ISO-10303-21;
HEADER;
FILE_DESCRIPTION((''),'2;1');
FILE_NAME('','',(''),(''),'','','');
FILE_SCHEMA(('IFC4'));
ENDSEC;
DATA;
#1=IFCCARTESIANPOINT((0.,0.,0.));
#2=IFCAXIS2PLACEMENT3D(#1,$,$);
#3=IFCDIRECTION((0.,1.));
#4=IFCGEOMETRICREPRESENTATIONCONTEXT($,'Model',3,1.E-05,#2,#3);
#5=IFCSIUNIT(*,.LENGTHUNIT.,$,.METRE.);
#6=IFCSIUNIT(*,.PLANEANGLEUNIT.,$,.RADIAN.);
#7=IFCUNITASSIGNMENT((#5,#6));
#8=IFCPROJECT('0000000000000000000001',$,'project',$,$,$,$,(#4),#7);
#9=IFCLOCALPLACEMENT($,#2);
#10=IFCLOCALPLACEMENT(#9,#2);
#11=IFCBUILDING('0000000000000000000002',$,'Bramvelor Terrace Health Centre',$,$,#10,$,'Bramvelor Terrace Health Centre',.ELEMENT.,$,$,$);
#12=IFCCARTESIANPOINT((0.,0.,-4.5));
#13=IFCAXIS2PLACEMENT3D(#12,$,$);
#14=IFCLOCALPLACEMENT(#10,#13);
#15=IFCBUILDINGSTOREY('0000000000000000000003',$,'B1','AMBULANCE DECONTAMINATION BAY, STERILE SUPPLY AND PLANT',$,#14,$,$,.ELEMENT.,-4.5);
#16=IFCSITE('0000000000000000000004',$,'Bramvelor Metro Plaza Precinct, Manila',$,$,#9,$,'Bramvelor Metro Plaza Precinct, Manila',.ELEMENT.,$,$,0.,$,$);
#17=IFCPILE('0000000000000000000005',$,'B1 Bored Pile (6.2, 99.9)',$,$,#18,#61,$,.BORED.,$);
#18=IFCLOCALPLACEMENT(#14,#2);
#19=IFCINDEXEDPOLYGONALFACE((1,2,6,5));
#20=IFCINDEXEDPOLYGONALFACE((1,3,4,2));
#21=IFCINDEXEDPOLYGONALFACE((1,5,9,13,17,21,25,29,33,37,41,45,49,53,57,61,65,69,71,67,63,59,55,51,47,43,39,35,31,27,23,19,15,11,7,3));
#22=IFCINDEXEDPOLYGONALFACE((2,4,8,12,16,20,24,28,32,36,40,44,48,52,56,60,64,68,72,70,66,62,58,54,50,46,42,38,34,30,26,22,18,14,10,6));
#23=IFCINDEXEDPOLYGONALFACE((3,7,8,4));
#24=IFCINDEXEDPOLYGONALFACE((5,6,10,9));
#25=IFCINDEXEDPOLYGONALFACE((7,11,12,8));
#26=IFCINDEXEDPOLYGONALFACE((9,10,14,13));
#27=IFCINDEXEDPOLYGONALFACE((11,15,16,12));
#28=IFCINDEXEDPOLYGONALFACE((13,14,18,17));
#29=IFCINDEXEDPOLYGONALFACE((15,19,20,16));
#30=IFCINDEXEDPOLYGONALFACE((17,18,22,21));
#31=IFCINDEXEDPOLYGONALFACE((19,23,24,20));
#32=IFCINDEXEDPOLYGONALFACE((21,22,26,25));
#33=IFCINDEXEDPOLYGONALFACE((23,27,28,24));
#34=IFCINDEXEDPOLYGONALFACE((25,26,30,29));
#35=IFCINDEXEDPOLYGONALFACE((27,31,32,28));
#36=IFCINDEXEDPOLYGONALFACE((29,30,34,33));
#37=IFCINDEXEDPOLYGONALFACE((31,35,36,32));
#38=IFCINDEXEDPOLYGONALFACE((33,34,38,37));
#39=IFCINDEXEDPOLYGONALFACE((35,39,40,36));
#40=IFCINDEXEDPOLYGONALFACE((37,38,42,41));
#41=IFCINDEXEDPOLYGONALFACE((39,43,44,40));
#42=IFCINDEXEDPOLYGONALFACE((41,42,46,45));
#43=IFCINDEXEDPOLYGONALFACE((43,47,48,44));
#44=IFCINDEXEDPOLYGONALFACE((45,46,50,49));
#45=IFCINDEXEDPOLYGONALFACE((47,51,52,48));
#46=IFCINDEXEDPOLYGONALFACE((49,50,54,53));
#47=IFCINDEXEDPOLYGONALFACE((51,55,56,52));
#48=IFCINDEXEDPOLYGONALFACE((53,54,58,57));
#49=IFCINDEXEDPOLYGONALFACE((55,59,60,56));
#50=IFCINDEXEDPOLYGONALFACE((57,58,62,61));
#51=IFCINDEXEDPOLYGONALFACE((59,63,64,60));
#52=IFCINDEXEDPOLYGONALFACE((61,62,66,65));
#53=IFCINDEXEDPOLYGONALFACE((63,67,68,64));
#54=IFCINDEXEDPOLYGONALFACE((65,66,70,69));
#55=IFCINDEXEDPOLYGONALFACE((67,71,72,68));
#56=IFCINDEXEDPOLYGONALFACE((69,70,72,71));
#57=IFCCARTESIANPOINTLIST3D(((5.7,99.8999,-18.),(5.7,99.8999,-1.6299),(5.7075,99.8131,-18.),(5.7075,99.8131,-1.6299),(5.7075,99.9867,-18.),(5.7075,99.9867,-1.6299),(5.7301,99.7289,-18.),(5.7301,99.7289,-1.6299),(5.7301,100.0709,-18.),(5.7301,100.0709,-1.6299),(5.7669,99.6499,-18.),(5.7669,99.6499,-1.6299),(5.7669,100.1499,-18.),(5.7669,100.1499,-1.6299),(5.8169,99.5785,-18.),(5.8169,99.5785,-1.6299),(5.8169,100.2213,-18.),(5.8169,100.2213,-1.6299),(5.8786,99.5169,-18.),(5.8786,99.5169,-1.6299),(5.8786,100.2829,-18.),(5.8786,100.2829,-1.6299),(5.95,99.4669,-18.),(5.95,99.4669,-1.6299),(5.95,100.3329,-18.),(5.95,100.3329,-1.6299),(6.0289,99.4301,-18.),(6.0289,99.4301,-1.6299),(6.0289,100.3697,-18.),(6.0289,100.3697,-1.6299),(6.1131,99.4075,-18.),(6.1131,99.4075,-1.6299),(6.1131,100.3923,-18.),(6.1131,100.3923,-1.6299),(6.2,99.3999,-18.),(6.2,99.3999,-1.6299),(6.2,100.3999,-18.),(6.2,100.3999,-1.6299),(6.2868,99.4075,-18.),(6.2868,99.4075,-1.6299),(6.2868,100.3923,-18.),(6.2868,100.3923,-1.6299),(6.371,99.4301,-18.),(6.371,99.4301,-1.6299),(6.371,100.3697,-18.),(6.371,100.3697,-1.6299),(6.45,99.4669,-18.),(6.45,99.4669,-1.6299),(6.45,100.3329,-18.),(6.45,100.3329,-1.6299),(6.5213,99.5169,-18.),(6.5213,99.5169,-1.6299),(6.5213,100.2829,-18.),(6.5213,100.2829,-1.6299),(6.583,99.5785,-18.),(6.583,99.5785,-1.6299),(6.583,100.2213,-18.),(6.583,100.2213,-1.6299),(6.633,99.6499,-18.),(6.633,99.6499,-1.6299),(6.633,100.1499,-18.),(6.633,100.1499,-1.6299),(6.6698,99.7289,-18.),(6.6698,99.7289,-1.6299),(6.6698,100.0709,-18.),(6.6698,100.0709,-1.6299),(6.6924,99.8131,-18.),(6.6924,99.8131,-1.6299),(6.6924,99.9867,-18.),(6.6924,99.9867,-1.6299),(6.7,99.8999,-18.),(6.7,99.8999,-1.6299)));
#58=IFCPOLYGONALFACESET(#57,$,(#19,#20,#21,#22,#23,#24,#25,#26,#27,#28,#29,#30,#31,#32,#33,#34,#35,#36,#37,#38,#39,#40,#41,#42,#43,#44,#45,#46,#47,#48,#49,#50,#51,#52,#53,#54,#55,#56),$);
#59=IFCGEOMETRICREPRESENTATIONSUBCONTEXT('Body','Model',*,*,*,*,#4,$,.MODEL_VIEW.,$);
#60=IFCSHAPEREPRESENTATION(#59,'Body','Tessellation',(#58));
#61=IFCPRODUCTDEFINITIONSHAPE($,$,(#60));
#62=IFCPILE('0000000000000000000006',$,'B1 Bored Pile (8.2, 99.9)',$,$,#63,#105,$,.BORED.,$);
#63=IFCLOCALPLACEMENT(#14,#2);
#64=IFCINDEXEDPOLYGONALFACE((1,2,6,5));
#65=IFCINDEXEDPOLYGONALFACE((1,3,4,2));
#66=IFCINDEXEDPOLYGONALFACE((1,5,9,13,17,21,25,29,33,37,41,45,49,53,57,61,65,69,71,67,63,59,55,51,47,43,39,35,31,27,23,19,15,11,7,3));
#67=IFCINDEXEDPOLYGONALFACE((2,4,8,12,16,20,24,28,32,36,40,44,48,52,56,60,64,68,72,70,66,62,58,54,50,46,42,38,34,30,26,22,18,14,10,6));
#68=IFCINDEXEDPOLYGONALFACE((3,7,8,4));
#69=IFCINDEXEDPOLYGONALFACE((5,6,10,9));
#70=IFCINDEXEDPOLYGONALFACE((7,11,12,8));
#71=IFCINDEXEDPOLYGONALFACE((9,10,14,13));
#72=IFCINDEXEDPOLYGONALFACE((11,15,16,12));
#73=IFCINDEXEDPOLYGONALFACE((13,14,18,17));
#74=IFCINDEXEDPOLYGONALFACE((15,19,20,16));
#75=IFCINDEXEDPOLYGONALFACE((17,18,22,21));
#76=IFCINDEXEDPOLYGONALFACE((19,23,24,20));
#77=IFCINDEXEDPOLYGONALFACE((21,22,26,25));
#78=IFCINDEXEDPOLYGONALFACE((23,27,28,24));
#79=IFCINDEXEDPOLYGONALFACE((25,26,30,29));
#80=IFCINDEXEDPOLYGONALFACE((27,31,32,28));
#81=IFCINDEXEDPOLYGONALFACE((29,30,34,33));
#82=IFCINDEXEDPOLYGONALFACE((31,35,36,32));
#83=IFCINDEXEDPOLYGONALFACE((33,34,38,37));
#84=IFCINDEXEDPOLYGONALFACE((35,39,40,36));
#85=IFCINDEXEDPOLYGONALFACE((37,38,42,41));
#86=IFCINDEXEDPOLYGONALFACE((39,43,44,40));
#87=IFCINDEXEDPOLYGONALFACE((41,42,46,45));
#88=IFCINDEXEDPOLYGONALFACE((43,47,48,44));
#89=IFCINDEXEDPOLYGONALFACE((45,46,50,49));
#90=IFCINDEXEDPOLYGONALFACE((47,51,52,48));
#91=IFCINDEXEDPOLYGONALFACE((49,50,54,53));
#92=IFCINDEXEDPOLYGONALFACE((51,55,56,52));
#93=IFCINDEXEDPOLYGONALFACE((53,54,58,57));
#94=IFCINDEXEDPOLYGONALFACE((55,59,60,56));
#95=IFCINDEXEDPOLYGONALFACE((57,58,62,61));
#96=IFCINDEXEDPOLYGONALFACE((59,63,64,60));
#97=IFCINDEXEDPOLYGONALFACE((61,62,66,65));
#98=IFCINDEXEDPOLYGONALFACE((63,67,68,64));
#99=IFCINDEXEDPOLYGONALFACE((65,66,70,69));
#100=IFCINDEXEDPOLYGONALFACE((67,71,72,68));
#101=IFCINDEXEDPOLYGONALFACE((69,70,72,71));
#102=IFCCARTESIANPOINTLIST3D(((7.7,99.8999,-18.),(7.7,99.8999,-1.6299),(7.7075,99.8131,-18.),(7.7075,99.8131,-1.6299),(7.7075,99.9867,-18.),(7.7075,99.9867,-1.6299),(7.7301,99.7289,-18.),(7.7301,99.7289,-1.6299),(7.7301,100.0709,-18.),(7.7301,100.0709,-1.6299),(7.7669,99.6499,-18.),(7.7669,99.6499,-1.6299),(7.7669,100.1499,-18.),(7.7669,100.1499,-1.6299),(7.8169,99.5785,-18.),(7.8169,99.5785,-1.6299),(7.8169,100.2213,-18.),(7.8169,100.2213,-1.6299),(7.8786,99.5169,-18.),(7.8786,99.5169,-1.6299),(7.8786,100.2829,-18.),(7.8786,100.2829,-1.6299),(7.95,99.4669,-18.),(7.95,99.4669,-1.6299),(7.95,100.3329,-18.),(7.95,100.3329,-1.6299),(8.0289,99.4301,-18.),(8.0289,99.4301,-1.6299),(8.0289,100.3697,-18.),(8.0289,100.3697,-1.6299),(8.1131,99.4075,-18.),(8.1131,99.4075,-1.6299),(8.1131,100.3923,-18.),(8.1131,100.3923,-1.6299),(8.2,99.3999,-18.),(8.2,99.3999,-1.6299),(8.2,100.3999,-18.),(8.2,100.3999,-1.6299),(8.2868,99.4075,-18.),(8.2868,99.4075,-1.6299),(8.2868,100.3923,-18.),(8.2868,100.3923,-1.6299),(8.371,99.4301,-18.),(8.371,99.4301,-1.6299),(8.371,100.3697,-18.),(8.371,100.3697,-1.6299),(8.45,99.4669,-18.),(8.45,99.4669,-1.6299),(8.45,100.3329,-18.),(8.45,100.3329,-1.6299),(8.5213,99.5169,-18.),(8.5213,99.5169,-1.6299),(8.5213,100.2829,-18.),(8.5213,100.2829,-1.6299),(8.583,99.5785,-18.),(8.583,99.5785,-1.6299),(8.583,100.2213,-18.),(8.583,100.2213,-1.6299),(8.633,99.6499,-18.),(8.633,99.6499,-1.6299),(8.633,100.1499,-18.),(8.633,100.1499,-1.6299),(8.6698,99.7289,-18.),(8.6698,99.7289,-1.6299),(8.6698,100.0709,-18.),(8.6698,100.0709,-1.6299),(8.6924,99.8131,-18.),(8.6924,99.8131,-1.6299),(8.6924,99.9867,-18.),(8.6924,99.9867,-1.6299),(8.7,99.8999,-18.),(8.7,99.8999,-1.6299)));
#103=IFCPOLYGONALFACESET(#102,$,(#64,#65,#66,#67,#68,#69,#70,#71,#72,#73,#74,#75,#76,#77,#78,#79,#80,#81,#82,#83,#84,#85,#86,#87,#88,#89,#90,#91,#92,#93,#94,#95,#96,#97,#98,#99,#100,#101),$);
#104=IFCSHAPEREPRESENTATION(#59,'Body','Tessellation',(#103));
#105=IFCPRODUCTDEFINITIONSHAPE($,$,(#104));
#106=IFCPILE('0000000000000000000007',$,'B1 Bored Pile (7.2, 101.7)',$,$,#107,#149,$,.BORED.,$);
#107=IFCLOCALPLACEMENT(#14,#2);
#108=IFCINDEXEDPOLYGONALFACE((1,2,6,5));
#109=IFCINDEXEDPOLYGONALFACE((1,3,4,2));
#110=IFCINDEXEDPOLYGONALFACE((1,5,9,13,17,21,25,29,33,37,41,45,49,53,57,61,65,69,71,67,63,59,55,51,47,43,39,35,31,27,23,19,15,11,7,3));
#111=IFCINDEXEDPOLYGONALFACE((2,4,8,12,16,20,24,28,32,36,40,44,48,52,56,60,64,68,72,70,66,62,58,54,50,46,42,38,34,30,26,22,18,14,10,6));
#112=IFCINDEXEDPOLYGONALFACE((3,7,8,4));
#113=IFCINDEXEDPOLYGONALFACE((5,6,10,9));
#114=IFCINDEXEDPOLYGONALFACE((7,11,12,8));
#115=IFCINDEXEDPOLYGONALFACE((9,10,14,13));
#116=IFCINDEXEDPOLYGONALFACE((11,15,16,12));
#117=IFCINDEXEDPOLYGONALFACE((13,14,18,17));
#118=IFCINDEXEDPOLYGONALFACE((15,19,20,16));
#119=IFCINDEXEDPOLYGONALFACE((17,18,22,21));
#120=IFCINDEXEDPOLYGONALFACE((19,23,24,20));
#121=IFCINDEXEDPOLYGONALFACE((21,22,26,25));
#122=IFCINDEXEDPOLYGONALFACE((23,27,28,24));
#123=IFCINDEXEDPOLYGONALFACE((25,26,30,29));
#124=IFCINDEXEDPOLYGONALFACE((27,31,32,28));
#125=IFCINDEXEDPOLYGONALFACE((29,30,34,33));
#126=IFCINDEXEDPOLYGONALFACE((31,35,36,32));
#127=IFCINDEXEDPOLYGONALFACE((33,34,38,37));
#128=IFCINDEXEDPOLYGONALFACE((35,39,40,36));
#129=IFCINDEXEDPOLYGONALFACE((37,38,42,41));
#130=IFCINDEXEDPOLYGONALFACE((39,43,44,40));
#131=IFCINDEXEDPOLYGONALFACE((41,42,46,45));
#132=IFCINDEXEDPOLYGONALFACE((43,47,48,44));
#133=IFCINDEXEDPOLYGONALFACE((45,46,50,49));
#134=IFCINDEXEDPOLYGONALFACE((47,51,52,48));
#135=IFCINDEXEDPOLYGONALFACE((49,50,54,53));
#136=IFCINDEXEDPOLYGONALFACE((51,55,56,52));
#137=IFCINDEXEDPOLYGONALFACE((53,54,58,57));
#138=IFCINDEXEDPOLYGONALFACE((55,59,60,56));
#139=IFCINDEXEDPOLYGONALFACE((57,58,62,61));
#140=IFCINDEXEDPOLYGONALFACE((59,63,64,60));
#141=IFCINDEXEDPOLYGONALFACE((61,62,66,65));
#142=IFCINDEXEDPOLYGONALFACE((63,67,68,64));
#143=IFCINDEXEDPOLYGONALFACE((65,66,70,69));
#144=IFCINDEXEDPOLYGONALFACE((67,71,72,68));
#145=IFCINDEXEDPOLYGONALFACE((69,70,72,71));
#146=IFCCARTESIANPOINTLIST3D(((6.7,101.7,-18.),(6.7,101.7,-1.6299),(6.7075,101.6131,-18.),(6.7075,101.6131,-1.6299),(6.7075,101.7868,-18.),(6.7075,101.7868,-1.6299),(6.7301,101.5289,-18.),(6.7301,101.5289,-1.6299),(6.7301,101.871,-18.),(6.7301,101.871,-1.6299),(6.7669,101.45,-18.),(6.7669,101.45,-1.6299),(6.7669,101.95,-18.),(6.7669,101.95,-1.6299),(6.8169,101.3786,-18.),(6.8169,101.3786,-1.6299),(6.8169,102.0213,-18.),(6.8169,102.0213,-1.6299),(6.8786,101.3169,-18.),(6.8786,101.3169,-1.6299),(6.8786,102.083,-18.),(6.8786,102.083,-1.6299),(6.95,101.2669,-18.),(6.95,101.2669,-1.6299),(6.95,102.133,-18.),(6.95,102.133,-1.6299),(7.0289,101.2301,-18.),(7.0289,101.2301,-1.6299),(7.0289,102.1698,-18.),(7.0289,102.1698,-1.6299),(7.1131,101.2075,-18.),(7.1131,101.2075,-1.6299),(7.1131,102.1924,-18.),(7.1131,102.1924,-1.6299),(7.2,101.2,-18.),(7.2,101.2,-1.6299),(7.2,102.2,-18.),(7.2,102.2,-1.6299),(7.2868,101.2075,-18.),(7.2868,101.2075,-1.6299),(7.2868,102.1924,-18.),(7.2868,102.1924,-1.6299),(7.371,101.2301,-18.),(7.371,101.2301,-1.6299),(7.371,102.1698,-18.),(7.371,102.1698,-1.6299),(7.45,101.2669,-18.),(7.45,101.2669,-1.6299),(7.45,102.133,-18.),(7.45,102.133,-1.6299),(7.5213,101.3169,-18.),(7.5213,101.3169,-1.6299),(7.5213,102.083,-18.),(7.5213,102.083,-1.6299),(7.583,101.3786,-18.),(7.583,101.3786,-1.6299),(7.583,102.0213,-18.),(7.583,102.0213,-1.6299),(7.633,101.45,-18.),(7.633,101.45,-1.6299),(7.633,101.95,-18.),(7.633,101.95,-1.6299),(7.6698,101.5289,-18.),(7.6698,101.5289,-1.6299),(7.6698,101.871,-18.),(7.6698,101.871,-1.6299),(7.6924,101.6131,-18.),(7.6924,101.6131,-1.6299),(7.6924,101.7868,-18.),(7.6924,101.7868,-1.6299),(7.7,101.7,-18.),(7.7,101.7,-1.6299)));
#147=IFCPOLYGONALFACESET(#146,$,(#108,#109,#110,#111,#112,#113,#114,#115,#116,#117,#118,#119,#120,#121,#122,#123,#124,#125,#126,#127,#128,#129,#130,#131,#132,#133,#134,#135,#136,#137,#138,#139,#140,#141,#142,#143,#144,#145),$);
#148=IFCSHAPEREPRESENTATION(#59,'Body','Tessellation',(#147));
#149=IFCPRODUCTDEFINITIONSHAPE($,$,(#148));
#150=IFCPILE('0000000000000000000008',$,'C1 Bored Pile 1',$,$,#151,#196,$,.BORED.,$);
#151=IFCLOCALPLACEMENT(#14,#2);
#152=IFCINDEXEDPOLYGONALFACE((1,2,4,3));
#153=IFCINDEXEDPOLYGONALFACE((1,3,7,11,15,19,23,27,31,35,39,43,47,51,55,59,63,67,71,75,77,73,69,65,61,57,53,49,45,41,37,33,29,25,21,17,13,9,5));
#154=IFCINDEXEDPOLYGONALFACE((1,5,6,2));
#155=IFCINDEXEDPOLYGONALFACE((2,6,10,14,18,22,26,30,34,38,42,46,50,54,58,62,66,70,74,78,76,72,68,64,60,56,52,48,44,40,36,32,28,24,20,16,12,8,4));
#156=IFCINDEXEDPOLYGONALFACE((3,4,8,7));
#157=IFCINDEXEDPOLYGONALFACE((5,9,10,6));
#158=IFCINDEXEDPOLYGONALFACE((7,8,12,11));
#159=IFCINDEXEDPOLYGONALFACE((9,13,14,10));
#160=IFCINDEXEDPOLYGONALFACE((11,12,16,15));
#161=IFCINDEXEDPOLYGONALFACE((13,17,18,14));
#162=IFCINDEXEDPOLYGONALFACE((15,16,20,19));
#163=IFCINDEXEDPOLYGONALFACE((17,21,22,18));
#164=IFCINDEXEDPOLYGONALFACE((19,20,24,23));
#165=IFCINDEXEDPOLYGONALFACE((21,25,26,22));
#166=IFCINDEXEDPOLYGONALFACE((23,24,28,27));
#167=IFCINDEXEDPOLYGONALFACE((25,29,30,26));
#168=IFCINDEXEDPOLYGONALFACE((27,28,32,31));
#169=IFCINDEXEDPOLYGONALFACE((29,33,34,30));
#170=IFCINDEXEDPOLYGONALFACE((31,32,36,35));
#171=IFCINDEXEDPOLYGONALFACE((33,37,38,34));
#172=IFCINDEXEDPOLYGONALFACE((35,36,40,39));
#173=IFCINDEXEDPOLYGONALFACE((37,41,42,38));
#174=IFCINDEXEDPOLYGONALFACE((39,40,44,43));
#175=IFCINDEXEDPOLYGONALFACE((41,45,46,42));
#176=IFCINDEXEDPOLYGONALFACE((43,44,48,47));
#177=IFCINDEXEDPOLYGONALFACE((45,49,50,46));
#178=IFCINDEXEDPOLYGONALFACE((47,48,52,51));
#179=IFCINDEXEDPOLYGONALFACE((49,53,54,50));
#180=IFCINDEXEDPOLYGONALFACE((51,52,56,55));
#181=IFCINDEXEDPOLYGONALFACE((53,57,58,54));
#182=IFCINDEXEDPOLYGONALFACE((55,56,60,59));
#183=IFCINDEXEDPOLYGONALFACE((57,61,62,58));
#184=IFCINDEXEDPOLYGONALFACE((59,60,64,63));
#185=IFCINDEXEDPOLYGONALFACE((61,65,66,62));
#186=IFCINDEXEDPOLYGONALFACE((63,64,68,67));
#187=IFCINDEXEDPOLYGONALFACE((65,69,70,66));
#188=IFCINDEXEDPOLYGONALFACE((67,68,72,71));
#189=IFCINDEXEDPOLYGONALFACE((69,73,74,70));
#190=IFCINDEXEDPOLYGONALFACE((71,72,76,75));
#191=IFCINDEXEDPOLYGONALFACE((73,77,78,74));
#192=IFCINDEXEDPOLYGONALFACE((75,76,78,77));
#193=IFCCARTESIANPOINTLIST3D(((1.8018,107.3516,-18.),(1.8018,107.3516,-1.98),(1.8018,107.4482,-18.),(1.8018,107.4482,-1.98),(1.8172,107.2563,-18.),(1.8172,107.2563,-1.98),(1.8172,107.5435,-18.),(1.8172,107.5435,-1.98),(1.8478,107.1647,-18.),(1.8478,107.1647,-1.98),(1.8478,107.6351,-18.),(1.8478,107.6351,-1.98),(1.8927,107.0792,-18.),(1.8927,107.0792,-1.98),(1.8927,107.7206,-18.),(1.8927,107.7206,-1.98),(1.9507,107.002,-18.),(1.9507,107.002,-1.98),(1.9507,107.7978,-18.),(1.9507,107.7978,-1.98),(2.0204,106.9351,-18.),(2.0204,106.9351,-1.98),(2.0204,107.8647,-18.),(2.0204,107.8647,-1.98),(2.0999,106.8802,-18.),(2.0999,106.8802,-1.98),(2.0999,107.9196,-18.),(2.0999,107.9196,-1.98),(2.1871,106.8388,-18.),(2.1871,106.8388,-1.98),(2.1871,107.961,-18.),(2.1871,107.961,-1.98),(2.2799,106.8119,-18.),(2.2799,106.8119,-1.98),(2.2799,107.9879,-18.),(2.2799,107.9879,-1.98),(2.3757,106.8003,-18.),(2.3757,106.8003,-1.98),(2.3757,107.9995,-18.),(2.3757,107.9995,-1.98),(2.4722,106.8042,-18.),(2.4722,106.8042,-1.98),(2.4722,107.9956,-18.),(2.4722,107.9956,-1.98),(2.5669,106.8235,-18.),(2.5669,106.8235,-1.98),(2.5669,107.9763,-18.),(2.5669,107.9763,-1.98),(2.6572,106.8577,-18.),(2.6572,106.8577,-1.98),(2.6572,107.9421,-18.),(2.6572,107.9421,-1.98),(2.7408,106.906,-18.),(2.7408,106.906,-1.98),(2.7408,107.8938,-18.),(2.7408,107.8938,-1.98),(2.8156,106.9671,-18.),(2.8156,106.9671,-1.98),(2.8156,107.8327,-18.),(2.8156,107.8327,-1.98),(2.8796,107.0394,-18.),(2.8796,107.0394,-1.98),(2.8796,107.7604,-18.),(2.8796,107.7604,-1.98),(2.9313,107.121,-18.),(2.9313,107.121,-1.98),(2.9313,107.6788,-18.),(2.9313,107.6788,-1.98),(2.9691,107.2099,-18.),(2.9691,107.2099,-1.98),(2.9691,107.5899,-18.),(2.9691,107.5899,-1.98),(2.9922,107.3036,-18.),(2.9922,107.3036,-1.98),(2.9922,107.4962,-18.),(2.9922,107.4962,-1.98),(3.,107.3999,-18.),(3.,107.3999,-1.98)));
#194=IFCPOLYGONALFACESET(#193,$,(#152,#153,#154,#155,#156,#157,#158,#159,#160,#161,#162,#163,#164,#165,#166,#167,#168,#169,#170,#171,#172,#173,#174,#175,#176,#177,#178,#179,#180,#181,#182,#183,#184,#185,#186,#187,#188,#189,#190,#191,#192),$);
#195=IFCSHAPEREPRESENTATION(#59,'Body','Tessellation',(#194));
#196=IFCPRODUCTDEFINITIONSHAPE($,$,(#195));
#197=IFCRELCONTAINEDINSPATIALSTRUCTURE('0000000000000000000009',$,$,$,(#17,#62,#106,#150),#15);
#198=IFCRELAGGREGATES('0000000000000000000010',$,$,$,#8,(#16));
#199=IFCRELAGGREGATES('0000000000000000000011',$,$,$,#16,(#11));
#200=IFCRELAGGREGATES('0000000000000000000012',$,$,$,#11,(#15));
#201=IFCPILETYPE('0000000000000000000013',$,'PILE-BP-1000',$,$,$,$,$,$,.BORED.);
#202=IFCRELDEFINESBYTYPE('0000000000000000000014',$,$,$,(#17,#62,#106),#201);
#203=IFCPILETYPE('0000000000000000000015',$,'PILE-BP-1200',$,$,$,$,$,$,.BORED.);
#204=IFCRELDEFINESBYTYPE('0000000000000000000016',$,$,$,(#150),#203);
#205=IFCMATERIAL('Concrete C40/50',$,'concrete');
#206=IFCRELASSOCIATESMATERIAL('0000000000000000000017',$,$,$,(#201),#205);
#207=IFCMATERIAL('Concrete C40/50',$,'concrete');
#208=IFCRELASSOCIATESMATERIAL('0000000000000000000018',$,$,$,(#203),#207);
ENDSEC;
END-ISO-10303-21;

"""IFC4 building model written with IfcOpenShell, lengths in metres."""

from ifc_helpers import new_model, si_unit, direction, frame, origin, origin_2d, place, context, subcontext, project, spatial, circle, extrude, material, material_profile, profile_set, type_object, element, save


model = new_model("IFC4")

# Units and contexts
model_context = context("Model", 3, precision=1e-05, world=origin(), true_north=direction((0.0, 1.0)))
body_context = subcontext(model_context, "Body", "Model", "MODEL_VIEW")
ifc_project = project(units=[si_unit("LENGTHUNIT", "METRE"), si_unit("PLANEANGLEUNIT", "RADIAN")], contexts=[model_context])

# Site, building, storey
site_placement = place(None, origin())
site = spatial("IfcSite", under=ifc_project, at=site_placement, Name="Bramvelor Metro Plaza Precinct, Manila", LongName="Bramvelor Metro Plaza Precinct, Manila", CompositionType="ELEMENT", RefElevation=0.0)
building_placement = place(site_placement, origin())
building = spatial("IfcBuilding", under=site, at=building_placement, Name="Bramvelor Terrace Health Centre", LongName="Bramvelor Terrace Health Centre", CompositionType="ELEMENT")
storey_placement = place(building_placement, frame((0.0, 0.0, -4.5)))
storey = spatial("IfcBuildingStorey", under=building, at=storey_placement, Name="B1", Description="AMBULANCE DECONTAMINATION BAY, STERILE SUPPLY AND PLANT", CompositionType="ELEMENT", Elevation=-4.5)

# Piles
ifc_material_1 = material(Name="Concrete C40/50", Category="concrete")
ifc_material_profile_1 = material_profile(ifc_material_1, circle(Radius=0.5, at=origin_2d()), Name="BP D1000")
ifc_profile_set_1 = profile_set([ifc_material_profile_1], Name="Concrete C40/50")
pile_type_1 = type_object("IfcPileType", Name="PILE-BP-1000", PredefinedType="BORED", material=ifc_profile_set_1)
for number, where, z_axis, x_axis, name in (
    (1, (6.2, 99.8999, -1.6299), (0.0, 0.0, -1.0), (1.0, 0.0, 0.0), "B1 Bored Pile (6.2, 99.9)"),
    (2, (8.2, 99.8999, -1.6299), (0.0, 0.0, -1.0), (1.0, 0.0, 0.0), "B1 Bored Pile (8.2, 99.9)"),
    (3, (7.2, 101.7, -1.6299), (0.0, 0.0, -1.0), (1.0, 0.0, 0.0), "B1 Bored Pile (7.2, 101.7)"),
):
    element("IfcPile", number, at=place(storey_placement, frame(where, z_axis=z_axis, x_axis=x_axis)), inside=storey, type_object=pile_type_1, Name=name, PredefinedType="BORED", context=body_context, shape_type="SweptSolid", body=[
        extrude(circle(Radius=0.5, at=origin_2d()), origin(), (0.0, 0.0, 1.0), 16.3701),
    ])
ifc_material_2 = material(Name="Concrete C40/50", Category="concrete")
ifc_material_profile_2 = material_profile(ifc_material_2, circle(Radius=0.6001, at=origin_2d()), Name="BP D1200")
ifc_profile_set_2 = profile_set([ifc_material_profile_2], Name="Concrete C40/50")
pile_type_2 = type_object("IfcPileType", Name="PILE-BP-1200", PredefinedType="BORED", material=ifc_profile_set_2)
for number, where, z_axis, x_axis, name in (
    (4, (2.3999, 107.3999, -1.98), (0.0, 0.0, -1.0), (1.0, 0.0, 0.0), "C1 Bored Pile 1"),
):
    element("IfcPile", number, at=place(storey_placement, frame(where, z_axis=z_axis, x_axis=x_axis)), inside=storey, type_object=pile_type_2, Name=name, PredefinedType="BORED", context=body_context, shape_type="SweptSolid", body=[
        extrude(circle(Radius=0.6001, at=origin_2d()), origin(), (0.0, 0.0, 1.0), 16.02),
    ])

save(model, "model.ifc")
